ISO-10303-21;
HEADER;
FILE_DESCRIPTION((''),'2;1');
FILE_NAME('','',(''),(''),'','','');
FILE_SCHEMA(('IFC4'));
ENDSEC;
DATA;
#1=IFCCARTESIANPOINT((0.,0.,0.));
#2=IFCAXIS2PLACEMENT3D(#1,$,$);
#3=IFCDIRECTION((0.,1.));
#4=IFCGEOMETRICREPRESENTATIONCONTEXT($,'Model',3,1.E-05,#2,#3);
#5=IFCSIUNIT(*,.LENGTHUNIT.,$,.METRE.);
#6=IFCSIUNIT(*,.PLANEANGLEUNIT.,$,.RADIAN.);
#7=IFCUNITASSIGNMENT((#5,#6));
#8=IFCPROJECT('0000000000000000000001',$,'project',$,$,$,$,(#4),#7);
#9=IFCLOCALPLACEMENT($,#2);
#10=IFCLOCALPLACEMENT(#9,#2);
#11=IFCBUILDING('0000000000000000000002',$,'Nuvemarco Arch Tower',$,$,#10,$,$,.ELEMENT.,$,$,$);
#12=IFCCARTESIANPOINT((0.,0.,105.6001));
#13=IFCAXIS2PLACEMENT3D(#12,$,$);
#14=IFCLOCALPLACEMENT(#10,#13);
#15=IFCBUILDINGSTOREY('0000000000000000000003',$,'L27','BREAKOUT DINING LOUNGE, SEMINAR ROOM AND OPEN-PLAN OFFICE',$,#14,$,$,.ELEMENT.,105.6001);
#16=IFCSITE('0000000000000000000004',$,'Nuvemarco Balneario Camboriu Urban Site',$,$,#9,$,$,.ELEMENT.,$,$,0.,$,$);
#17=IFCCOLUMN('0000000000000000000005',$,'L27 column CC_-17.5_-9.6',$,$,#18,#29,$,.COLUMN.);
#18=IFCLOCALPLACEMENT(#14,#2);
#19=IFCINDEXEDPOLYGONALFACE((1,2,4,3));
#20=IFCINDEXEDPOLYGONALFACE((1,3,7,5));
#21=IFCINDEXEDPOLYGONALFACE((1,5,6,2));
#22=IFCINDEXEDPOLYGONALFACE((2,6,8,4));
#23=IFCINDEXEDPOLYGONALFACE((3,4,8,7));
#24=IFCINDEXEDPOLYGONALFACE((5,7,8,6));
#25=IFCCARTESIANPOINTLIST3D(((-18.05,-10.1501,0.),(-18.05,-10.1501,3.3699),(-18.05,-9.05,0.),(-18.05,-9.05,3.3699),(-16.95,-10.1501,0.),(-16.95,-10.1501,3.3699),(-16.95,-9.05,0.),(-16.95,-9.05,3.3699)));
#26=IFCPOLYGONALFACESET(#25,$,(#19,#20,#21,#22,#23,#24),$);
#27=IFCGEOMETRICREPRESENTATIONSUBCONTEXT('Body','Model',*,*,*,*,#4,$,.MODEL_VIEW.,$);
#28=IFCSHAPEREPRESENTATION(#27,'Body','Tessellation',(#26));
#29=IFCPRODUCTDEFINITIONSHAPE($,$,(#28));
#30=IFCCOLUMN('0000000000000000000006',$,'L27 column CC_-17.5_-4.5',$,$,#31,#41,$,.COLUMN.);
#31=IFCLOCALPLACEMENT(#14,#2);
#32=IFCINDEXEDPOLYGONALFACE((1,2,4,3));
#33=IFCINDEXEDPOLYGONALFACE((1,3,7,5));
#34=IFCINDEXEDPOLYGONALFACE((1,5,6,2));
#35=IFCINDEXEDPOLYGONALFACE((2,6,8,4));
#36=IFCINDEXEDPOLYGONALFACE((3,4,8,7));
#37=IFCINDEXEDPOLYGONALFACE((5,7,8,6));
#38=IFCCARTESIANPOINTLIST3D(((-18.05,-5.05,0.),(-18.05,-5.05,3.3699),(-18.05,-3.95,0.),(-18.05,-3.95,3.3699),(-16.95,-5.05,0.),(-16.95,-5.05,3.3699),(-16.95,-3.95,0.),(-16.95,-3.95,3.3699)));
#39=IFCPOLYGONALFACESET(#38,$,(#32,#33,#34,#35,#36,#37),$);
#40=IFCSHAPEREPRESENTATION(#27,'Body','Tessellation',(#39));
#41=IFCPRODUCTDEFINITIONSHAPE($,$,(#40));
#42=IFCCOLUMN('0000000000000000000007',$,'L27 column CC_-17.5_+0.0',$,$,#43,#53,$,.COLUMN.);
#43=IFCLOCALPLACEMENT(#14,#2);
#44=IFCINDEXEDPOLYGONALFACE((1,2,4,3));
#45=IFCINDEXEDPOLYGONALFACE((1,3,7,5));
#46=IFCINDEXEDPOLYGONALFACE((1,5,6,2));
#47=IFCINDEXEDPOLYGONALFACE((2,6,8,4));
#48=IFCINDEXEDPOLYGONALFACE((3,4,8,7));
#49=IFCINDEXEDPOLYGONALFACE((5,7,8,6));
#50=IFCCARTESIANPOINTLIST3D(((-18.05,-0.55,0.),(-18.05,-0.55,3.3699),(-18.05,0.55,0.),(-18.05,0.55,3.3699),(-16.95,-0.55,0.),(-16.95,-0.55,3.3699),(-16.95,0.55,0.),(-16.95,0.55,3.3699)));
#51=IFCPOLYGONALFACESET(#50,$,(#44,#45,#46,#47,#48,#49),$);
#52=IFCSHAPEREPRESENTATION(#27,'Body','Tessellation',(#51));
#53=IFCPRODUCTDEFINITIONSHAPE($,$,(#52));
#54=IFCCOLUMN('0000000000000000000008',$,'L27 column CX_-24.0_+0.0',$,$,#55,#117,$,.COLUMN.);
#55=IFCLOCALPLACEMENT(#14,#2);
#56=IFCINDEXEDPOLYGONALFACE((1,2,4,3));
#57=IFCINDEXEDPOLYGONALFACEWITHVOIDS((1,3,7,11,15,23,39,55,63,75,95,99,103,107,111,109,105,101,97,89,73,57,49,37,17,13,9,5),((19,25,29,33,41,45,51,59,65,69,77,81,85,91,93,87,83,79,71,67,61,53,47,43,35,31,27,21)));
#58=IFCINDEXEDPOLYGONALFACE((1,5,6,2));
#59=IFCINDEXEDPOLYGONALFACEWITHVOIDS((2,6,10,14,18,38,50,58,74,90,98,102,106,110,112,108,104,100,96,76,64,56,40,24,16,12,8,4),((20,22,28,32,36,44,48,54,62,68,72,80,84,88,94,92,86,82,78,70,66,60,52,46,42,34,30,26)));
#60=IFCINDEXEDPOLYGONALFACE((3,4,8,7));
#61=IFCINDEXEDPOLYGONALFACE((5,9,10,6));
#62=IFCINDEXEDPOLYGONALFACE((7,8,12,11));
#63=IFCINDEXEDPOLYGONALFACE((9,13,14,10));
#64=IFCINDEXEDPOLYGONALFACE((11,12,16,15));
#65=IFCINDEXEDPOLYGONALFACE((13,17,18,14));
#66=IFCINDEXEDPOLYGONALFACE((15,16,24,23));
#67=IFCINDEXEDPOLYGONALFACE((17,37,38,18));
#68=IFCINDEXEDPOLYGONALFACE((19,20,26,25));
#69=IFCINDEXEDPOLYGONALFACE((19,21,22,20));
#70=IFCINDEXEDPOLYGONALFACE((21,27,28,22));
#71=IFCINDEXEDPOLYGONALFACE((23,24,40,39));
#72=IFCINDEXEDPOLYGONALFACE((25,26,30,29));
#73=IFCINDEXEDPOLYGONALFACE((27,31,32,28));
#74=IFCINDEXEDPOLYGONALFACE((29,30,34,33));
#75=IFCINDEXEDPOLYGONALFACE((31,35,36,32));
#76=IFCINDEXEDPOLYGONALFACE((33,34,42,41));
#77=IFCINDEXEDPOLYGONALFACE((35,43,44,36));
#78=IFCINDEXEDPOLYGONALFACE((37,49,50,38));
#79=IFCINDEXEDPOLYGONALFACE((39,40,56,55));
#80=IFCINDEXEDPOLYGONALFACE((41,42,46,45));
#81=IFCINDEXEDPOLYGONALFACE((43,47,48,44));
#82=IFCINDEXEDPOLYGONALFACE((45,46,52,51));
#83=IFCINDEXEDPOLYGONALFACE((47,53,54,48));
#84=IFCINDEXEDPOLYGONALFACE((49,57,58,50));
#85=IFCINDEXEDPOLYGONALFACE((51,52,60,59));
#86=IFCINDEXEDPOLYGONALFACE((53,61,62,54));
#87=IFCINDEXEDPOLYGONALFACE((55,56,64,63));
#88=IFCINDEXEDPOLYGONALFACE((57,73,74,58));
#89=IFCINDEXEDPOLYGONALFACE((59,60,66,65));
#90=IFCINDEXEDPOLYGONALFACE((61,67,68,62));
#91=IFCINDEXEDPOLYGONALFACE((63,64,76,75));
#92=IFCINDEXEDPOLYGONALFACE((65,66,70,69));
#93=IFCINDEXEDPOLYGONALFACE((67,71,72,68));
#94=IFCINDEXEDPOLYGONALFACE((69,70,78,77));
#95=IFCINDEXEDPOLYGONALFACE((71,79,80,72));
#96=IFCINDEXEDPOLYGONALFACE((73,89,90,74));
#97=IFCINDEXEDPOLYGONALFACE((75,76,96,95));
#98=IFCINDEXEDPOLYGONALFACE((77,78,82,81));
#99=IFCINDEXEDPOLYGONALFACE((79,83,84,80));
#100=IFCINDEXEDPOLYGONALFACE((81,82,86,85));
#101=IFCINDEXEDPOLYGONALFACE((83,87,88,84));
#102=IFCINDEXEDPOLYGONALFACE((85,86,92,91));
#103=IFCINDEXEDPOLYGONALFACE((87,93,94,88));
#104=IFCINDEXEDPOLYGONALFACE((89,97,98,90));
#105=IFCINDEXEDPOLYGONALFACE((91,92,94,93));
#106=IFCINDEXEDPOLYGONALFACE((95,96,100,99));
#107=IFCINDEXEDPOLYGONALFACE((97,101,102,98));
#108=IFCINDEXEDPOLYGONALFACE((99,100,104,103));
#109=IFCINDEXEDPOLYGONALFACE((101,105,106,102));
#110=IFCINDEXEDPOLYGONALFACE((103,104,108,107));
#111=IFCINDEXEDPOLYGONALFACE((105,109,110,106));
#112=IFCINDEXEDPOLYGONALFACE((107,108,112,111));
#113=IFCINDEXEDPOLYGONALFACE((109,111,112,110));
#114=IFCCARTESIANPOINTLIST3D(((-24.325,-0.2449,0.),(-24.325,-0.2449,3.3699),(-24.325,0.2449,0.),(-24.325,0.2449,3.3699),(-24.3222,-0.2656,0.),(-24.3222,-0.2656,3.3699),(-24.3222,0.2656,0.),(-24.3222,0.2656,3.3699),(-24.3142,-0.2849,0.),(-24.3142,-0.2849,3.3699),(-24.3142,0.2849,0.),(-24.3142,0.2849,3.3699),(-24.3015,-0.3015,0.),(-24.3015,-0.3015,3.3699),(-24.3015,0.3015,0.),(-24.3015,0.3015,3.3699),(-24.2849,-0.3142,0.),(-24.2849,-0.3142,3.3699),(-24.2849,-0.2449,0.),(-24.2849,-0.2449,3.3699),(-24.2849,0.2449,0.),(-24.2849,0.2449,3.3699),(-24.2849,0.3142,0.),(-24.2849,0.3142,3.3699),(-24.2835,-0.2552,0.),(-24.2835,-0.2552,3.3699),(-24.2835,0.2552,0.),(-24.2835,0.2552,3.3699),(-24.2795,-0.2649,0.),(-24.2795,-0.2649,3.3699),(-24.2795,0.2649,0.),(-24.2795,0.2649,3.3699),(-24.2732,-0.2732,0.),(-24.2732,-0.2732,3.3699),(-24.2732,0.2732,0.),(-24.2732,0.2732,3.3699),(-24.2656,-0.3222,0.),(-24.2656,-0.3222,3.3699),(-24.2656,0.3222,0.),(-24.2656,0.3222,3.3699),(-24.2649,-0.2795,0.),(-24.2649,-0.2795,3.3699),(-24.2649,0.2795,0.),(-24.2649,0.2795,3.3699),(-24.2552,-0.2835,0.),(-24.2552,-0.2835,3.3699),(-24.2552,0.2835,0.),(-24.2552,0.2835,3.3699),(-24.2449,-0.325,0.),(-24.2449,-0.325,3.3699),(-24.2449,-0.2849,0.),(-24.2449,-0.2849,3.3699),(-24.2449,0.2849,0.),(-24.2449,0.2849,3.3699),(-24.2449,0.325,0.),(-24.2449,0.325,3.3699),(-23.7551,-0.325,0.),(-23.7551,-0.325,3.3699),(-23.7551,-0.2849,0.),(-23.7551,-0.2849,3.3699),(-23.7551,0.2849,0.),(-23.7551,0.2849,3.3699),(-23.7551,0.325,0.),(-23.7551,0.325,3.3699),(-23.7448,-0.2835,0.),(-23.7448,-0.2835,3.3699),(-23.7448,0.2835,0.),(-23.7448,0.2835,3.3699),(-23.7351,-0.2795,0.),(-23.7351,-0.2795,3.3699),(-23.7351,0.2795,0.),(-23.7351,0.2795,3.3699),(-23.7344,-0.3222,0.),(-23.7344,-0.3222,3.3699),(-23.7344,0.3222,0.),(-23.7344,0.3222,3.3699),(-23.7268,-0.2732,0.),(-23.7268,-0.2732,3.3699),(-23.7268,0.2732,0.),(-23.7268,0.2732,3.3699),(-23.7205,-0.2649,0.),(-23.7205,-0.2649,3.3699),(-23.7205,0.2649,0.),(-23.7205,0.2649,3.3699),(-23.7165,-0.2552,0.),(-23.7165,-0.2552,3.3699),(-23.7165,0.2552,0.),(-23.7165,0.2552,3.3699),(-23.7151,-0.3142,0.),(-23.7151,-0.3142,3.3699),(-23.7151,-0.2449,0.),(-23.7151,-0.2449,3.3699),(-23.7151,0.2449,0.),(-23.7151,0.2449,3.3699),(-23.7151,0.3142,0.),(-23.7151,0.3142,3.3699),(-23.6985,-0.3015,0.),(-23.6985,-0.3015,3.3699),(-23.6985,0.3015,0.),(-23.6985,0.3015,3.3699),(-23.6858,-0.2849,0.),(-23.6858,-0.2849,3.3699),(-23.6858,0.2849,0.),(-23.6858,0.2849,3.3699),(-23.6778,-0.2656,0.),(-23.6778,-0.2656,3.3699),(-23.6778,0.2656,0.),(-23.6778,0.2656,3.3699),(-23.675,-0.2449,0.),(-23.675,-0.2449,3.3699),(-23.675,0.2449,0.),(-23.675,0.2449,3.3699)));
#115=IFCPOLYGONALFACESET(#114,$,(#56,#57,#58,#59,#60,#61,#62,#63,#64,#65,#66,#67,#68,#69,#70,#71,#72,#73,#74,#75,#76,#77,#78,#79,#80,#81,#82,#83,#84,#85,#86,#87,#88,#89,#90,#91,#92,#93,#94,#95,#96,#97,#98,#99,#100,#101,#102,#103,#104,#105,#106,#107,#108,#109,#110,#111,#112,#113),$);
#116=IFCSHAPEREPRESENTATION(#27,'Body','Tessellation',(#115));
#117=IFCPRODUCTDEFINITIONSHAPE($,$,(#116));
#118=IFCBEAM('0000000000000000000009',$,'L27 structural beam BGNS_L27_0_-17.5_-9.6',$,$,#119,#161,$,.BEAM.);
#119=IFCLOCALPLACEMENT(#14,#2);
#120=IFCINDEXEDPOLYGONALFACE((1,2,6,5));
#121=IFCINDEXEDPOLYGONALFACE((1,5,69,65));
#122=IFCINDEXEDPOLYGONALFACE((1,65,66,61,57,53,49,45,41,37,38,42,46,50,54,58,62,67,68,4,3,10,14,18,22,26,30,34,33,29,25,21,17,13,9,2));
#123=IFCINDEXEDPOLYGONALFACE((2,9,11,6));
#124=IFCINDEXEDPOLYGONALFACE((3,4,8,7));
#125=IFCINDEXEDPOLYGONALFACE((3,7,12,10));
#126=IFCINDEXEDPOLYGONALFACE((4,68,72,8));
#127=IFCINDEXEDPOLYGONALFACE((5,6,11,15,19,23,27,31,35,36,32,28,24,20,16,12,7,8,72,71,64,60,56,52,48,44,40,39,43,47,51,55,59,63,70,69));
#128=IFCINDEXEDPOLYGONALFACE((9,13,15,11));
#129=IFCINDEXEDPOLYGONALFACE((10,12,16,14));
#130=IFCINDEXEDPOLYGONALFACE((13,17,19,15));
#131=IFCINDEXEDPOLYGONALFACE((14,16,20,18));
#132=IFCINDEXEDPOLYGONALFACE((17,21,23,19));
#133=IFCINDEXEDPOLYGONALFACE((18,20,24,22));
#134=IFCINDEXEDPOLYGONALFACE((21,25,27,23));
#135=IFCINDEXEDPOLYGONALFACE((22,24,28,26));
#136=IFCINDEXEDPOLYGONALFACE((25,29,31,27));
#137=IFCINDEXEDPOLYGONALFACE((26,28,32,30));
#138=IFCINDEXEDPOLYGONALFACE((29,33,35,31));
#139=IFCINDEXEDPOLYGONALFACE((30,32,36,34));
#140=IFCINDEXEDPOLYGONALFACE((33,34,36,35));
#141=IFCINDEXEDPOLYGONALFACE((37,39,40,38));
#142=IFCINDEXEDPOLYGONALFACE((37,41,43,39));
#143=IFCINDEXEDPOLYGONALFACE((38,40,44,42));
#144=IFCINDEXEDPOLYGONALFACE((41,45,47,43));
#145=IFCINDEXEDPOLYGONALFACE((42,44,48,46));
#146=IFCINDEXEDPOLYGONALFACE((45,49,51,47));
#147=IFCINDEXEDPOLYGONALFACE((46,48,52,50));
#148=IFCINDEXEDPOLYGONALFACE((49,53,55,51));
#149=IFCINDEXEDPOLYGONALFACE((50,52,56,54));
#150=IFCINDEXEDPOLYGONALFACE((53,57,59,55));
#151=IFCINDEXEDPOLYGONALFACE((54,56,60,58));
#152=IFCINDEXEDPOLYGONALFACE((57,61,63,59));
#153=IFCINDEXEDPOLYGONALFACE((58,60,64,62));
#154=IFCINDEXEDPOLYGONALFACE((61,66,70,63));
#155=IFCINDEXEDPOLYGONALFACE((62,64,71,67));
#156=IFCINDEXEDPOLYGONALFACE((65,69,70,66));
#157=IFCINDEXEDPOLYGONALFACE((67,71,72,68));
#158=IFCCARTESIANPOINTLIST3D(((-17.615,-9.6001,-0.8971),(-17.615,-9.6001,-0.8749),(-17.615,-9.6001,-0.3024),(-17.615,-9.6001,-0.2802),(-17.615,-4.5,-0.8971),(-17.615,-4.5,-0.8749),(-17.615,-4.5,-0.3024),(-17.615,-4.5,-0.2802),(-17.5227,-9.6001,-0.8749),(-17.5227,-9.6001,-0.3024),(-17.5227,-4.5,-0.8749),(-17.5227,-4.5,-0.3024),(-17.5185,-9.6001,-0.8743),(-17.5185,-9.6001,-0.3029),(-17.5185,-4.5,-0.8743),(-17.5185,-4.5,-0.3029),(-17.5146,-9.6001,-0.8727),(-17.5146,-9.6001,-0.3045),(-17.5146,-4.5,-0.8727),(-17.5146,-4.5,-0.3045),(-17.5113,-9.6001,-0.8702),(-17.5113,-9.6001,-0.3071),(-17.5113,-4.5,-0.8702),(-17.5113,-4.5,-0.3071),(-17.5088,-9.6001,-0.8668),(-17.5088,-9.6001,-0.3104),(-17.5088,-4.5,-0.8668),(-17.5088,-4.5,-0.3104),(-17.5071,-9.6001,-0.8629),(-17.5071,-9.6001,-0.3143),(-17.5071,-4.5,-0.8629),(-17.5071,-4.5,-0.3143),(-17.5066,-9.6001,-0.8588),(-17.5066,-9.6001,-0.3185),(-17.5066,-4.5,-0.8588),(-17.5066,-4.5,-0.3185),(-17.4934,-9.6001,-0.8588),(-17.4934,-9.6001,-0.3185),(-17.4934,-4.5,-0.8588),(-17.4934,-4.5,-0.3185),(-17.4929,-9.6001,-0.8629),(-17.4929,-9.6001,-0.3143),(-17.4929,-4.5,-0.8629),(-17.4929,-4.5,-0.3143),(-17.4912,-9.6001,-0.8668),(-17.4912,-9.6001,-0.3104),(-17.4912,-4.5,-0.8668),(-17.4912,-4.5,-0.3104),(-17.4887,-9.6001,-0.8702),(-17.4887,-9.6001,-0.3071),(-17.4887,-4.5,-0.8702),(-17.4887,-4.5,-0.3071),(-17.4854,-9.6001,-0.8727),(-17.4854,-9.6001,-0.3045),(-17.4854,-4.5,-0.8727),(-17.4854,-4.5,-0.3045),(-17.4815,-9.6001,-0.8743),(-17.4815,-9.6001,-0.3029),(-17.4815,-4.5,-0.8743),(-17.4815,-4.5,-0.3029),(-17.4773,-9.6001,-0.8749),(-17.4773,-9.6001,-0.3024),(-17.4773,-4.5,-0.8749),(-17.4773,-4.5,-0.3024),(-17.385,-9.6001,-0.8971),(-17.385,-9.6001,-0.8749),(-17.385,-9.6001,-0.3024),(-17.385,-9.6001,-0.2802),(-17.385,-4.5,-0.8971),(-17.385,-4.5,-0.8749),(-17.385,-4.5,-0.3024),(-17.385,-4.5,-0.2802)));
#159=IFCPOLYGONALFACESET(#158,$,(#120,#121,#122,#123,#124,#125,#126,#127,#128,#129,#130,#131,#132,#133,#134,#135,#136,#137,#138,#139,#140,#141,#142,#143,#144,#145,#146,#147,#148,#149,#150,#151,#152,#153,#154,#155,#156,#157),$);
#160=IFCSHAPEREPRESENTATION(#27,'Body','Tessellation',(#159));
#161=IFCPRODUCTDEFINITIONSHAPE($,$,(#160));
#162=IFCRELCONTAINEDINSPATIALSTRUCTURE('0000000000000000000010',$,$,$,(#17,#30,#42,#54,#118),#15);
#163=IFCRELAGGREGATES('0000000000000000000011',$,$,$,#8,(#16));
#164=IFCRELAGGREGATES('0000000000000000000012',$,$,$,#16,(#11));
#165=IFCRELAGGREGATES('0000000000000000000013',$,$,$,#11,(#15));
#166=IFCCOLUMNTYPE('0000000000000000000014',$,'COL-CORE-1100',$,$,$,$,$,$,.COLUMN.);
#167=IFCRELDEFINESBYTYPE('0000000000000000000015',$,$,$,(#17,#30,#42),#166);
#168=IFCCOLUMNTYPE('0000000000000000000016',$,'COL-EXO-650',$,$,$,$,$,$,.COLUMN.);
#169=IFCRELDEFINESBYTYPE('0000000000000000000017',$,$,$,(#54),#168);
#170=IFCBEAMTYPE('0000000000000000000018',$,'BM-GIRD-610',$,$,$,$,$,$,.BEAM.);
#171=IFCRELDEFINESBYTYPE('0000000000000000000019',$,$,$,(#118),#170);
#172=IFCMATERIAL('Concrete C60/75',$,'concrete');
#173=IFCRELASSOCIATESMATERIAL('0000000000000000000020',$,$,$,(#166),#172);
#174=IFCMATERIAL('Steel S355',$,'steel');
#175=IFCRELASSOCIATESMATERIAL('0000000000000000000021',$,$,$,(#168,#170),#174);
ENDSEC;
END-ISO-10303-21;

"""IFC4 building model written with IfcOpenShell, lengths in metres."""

from ifc_helpers import new_model, si_unit, direction, frame, origin, origin_2d, place, context, subcontext, project, spatial, rectangle, hollow_rectangle, i_section, extrude, material, material_profile, profile_set, type_object, element, save


model = new_model("IFC4")

# Units and contexts
model_context = context("Model", 3, precision=1e-05, world=origin(), true_north=direction((0.0, 1.0)))
body_context = subcontext(model_context, "Body", "Model", "MODEL_VIEW")
ifc_project = project(units=[si_unit("LENGTHUNIT", "METRE"), si_unit("PLANEANGLEUNIT", "RADIAN")], contexts=[model_context])

# Site, building, storey
site_placement = place(None, origin())
site = spatial("IfcSite", under=ifc_project, at=site_placement, Name="Nuvemarco Balneario Camboriu Urban Site", CompositionType="ELEMENT", RefElevation=0.0)
building_placement = place(site_placement, origin())
building = spatial("IfcBuilding", under=site, at=building_placement, Name="Nuvemarco Arch Tower", CompositionType="ELEMENT")
storey_placement = place(building_placement, frame((0.0, 0.0, 105.6001)))
storey = spatial("IfcBuildingStorey", under=building, at=storey_placement, Name="L27", Description="BREAKOUT DINING LOUNGE, SEMINAR ROOM AND OPEN-PLAN OFFICE", CompositionType="ELEMENT", Elevation=105.6001)

# Columns
ifc_material_1 = material(Name="Concrete C60/75", Category="concrete")
ifc_material_profile_1 = material_profile(ifc_material_1, rectangle(XDim=1.1001, YDim=1.1001, at=origin_2d()), Name="RC-COL-1100x1100")
ifc_profile_set_1 = profile_set([ifc_material_profile_1], Name="Concrete C60/75")
column_type_1 = type_object("IfcColumnType", Name="COL-CORE-1100", PredefinedType="COLUMN", material=ifc_profile_set_1)
for number, where, z_axis, x_axis, name in (
    (1, (-17.5, -9.6001, 0.0), (0.0, 0.0, 1.0), (1.0, 0.0, 0.0), "L27 column CC_-17.5_-9.6"),
    (2, (-17.5, -4.5, 0.0), (0.0, 0.0, 1.0), (1.0, 0.0, 0.0), "L27 column CC_-17.5_-4.5"),
    (3, (-17.5, 0.0, 0.0), (0.0, 0.0, 1.0), (1.0, 0.0, 0.0), "L27 column CC_-17.5_+0.0"),
):
    element("IfcColumn", number, at=place(storey_placement, frame(where, z_axis=z_axis, x_axis=x_axis)), inside=storey, type_object=column_type_1, Name=name, PredefinedType="COLUMN", context=body_context, shape_type="SweptSolid", body=[
        extrude(rectangle(XDim=1.1001, YDim=1.1001, at=origin_2d()), origin(), (0.0, 0.0, 1.0), 3.3699),
    ])
ifc_material_2 = material(Name="Steel S355", Category="steel")
ifc_material_profile_2 = material_profile(ifc_material_2, hollow_rectangle(XDim=0.6499, YDim=0.6499, WallThickness=0.04, InnerFilletRadius=0.04, OuterFilletRadius=0.0801, at=origin_2d()), Name="SHS650x650x40")
ifc_profile_set_2 = profile_set([ifc_material_profile_2], Name="Steel S355")
column_type_2 = type_object("IfcColumnType", Name="COL-EXO-650", PredefinedType="COLUMN", material=ifc_profile_set_2)
column_placement = place(storey_placement, frame((-24.0, 0.0, 0.0), z_axis=(0.0, 0.0, 1.0), x_axis=(1.0, 0.0, 0.0)))
element("IfcColumn", 4, at=column_placement, inside=storey, type_object=column_type_2, Name="L27 column CX_-24.0_+0.0", PredefinedType="COLUMN", context=body_context, shape_type="SweptSolid", body=[
    extrude(hollow_rectangle(XDim=0.6499, YDim=0.6499, WallThickness=0.04, InnerFilletRadius=0.04, OuterFilletRadius=0.0801, at=origin_2d()), origin(), (0.0, 0.0, 1.0), 3.3699),
])

# Beam
ifc_material_profile_3 = material_profile(ifc_material_2, i_section(OverallWidth=0.23, OverallDepth=0.6169, WebThickness=0.0132, FlangeThickness=0.0222, FilletRadius=0.0161, at=origin_2d()), Name="W610x140")
ifc_profile_set_3 = profile_set([ifc_material_profile_3], Name="Steel S355")
beam_type_1 = type_object("IfcBeamType", Name="BM-GIRD-610", PredefinedType="BEAM", material=ifc_profile_set_3)
beam_1_placement = place(storey_placement, frame((-17.5, -9.6001, -0.5886), z_axis=(0.0, 1.0, 0.0), x_axis=(-1.0, 0.0, 0.0)))
element("IfcBeam", 5, at=beam_1_placement, inside=storey, type_object=beam_type_1, Name="L27 structural beam BGNS_L27_0_-17.5_-9.6", PredefinedType="BEAM", context=body_context, shape_type="SweptSolid", body=[
    extrude(i_section(OverallWidth=0.23, OverallDepth=0.6169, WebThickness=0.0132, FlangeThickness=0.0222, FilletRadius=0.0161, at=origin_2d()), origin(), (0.0, 0.0, 1.0), 5.1001),
])

save(model, "model.ifc")
